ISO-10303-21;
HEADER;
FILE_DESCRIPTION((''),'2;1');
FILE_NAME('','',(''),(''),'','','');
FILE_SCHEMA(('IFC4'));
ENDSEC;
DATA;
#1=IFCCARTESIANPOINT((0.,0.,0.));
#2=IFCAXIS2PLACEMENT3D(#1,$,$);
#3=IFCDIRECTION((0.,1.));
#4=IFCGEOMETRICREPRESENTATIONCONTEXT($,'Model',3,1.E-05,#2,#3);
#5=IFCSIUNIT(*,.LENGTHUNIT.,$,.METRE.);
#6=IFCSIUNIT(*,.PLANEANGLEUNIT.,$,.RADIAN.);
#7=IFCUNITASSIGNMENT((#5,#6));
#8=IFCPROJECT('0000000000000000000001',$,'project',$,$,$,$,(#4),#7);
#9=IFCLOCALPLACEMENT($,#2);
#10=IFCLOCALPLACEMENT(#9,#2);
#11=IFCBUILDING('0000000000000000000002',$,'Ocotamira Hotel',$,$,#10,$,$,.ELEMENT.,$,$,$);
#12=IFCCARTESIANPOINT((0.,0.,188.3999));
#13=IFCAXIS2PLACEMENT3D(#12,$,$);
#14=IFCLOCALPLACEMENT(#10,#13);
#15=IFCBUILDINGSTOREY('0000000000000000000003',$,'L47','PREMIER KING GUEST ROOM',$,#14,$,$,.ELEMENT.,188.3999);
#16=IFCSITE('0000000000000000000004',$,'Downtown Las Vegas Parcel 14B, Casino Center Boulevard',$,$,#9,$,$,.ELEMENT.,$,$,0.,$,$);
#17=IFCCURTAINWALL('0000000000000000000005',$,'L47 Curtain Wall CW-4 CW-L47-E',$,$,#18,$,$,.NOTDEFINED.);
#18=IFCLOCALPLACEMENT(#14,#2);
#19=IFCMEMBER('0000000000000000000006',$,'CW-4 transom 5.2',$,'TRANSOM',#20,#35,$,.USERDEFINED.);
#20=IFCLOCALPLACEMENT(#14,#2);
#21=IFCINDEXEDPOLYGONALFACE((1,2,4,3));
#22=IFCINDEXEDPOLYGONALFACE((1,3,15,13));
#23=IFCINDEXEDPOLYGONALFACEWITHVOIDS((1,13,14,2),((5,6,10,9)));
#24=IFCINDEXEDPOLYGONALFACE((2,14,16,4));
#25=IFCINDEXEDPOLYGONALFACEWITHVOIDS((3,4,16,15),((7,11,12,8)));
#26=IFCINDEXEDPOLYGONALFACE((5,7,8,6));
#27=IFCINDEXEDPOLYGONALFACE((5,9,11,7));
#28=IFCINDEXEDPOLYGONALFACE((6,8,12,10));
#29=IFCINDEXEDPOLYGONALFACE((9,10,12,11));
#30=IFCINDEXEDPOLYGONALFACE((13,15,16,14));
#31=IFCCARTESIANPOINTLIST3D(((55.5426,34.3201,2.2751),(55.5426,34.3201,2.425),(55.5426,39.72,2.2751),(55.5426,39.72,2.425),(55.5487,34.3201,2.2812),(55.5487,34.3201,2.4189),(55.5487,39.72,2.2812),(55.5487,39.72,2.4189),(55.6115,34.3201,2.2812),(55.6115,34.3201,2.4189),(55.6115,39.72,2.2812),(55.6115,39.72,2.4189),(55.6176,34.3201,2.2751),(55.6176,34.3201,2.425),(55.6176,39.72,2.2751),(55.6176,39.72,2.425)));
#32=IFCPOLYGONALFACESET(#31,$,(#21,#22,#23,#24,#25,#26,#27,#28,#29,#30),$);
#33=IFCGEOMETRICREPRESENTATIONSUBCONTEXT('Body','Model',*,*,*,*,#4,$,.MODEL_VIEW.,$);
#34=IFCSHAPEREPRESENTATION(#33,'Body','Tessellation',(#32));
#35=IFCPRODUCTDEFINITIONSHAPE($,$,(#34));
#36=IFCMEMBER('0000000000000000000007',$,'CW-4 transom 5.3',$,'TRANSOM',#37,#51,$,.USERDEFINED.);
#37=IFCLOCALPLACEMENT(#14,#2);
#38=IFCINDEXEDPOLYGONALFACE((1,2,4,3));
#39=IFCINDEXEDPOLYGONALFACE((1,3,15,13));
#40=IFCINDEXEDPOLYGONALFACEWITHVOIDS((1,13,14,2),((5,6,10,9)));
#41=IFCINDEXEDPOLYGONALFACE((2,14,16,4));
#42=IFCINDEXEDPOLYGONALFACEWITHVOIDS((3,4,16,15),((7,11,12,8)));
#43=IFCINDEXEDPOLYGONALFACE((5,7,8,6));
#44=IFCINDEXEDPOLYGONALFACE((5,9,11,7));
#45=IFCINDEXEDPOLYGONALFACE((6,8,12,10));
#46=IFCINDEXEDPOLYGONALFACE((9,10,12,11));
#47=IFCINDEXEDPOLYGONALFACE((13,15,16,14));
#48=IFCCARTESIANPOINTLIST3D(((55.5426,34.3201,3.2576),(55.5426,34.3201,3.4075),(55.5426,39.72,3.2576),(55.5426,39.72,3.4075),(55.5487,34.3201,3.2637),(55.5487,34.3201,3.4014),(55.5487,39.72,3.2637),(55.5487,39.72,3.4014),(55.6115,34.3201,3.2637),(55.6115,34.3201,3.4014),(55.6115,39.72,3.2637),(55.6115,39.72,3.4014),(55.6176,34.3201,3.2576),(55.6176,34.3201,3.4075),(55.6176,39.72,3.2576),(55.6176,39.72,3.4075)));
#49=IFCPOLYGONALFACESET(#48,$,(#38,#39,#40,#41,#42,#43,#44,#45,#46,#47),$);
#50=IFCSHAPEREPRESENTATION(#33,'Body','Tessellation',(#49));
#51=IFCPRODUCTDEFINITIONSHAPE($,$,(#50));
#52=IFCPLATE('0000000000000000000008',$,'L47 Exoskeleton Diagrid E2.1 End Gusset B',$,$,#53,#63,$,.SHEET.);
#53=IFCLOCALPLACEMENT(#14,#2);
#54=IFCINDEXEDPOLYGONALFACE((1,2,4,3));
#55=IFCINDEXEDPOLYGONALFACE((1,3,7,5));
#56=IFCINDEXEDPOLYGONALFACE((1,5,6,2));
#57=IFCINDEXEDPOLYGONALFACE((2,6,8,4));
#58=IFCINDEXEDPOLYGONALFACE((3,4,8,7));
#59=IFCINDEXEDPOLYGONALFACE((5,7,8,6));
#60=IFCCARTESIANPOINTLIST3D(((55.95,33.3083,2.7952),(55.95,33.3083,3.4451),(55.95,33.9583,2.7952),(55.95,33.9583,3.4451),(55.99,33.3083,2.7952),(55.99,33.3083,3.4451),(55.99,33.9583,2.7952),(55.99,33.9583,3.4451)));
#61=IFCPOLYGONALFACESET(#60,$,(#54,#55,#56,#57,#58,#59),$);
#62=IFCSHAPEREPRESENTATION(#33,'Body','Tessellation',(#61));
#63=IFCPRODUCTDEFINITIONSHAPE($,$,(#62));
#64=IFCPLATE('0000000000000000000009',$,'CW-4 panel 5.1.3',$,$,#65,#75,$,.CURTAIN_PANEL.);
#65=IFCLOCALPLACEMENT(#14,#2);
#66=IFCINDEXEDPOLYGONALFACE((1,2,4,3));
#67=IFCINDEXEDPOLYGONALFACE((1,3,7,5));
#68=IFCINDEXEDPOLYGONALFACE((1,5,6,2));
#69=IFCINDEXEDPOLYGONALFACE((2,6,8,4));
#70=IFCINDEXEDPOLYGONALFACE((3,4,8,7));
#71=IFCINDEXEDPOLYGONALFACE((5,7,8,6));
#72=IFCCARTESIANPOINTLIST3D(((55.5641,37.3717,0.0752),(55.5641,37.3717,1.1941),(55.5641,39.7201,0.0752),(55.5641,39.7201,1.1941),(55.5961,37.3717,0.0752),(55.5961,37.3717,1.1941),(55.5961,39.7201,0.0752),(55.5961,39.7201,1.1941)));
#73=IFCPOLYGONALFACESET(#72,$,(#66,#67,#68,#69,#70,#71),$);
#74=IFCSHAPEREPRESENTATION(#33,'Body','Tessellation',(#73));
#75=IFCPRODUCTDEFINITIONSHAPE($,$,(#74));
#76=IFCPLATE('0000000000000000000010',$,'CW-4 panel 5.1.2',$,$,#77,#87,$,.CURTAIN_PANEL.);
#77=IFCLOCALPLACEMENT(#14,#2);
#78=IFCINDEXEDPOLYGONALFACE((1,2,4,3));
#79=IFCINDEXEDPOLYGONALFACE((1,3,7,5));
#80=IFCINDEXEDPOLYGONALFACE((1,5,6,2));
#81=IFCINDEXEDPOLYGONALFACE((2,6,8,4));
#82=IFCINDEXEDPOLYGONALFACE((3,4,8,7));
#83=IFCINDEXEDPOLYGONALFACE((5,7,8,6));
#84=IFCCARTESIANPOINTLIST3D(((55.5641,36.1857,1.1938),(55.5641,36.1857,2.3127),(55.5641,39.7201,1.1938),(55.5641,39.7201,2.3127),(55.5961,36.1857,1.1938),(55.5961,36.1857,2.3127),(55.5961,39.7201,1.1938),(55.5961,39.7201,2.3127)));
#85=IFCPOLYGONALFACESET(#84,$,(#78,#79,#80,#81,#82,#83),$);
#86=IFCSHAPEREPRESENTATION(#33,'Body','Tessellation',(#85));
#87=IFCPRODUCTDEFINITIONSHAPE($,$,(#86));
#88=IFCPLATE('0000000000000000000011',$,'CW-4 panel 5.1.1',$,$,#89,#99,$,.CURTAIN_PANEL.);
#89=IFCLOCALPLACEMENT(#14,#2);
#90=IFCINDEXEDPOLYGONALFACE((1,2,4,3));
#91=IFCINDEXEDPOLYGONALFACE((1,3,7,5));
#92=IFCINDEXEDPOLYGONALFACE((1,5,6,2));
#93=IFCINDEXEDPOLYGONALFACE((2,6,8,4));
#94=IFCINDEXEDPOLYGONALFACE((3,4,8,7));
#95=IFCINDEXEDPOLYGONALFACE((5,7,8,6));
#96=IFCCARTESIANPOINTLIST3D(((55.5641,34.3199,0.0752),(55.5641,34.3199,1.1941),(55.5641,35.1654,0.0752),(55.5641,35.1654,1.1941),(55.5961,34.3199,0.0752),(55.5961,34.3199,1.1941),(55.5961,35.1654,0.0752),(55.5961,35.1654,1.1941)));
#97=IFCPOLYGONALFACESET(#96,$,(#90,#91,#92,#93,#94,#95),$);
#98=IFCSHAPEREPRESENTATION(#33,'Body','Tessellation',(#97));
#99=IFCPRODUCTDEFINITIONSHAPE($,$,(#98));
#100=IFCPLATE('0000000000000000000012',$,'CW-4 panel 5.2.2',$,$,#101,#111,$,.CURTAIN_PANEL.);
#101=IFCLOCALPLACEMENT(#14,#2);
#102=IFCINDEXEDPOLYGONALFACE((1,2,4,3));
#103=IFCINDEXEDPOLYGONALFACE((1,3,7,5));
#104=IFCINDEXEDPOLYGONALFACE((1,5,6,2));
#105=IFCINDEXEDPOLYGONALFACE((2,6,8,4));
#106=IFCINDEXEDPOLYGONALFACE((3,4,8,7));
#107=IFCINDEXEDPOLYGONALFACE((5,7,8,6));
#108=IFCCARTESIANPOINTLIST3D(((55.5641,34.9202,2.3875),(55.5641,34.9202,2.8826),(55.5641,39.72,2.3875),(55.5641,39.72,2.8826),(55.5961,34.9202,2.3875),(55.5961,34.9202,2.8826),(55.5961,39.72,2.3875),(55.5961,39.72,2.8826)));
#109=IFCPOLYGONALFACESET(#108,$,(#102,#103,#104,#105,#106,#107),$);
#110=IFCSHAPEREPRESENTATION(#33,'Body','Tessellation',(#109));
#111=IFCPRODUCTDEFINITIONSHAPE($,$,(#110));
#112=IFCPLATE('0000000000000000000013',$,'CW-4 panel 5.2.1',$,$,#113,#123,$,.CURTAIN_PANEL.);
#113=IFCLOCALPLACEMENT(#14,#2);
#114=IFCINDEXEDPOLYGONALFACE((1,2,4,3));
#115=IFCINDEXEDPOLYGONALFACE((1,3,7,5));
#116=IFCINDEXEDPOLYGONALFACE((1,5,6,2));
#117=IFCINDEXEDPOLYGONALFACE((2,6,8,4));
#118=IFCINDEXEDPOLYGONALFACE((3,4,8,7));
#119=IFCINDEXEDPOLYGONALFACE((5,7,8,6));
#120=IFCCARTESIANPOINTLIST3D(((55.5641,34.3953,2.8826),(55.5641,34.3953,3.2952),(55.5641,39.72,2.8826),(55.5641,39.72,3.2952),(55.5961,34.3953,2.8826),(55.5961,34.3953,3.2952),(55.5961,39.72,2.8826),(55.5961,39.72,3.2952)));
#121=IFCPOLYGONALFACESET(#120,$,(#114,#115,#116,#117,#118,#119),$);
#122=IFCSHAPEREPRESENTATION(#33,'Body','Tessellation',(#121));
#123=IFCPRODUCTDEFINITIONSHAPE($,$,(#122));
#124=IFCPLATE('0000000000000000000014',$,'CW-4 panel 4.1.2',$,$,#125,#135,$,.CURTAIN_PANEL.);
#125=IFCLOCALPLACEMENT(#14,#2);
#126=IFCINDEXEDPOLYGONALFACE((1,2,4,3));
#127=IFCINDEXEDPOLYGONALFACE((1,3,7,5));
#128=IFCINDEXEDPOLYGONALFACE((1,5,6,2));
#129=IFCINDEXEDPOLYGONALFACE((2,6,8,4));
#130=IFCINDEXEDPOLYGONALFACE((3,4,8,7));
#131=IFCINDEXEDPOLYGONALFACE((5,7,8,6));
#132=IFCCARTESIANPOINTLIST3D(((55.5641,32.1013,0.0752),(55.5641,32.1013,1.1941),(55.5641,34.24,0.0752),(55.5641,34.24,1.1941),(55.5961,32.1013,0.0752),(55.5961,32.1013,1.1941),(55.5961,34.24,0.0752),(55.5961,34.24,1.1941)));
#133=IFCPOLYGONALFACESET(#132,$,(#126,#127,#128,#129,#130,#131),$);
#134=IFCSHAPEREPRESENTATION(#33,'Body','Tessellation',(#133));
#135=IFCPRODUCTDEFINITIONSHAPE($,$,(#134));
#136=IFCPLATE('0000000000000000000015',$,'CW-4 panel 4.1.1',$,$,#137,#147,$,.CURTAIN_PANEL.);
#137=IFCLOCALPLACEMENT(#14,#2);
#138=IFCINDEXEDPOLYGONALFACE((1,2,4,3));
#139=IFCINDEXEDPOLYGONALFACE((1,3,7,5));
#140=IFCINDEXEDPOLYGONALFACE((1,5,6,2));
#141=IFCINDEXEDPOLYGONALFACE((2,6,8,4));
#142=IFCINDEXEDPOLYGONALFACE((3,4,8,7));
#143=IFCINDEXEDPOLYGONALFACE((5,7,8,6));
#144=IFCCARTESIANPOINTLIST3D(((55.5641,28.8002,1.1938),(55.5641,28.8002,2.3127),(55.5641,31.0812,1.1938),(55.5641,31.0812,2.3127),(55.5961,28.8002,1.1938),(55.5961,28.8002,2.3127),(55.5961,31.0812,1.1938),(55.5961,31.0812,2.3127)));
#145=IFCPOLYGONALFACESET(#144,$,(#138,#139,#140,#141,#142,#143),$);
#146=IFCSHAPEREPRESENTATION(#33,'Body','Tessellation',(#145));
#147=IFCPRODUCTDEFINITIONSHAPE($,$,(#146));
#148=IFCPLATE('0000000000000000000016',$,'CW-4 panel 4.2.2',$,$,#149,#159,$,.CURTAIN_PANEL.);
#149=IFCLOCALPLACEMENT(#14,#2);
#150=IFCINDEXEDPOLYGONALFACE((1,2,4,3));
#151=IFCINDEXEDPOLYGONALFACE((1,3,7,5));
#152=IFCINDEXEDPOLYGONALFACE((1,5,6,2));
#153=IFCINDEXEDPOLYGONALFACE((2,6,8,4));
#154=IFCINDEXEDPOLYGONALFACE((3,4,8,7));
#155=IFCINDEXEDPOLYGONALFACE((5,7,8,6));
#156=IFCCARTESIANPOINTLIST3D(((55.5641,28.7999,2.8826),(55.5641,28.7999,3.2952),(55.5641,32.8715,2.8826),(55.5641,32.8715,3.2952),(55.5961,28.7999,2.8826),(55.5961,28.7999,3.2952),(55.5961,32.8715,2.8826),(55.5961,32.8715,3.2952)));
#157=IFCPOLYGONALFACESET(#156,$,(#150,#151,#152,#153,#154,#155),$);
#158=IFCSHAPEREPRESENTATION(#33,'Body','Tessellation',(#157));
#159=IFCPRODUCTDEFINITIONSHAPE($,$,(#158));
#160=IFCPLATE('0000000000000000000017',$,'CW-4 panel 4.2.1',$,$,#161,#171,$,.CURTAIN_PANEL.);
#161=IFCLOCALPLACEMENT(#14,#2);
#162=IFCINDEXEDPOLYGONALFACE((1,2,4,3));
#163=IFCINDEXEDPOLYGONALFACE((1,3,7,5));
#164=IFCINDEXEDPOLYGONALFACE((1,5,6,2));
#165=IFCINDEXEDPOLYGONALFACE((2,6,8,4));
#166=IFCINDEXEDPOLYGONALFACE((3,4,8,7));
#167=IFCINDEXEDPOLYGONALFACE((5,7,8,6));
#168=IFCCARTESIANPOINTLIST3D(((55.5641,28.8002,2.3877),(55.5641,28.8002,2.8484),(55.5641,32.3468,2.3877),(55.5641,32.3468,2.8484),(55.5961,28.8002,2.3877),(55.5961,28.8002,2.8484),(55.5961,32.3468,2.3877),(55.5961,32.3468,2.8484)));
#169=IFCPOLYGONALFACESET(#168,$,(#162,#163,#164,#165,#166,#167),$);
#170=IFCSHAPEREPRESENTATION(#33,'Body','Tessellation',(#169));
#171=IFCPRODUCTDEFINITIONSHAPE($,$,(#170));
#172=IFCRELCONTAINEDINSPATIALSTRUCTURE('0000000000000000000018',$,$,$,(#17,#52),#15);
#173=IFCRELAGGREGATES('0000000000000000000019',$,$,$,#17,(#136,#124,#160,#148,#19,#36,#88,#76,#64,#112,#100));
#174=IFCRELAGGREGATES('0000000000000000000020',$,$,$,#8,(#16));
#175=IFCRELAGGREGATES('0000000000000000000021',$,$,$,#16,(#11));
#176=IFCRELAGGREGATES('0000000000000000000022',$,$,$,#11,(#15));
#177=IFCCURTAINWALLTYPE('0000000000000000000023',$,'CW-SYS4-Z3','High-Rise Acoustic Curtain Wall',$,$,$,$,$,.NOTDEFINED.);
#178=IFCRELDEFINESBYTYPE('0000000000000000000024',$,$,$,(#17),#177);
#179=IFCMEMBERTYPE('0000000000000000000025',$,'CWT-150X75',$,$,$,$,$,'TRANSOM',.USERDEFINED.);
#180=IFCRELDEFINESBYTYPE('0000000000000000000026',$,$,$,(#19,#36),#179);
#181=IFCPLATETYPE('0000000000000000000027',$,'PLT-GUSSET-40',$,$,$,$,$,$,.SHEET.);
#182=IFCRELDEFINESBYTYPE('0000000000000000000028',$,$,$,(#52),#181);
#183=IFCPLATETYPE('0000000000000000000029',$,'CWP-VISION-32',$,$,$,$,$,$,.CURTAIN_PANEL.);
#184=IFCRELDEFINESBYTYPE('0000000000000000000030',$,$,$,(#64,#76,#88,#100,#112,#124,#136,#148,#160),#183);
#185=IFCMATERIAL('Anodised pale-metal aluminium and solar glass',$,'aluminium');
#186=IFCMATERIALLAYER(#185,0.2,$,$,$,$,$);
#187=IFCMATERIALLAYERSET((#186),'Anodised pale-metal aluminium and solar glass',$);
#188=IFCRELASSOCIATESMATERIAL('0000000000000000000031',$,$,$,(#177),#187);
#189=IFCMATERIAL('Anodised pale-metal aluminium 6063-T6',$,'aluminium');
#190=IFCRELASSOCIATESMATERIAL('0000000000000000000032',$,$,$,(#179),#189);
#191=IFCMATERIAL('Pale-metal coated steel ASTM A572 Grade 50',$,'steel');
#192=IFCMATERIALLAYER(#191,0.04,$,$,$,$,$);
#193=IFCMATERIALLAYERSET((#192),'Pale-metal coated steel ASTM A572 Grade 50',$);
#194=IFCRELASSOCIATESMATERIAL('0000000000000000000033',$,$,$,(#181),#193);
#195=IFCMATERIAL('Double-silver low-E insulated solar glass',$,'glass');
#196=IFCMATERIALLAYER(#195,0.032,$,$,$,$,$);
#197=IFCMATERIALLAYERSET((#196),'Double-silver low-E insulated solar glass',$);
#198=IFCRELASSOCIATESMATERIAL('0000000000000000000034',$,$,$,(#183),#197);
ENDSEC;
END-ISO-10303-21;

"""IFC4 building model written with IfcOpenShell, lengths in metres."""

from ifc_helpers import new_model, si_unit, direction, frame, origin, origin_2d, place, context, subcontext, project, spatial, rectangle, hollow_rectangle, extrude, source, transform, mapped, material, layer, layer_set, material_profile, profile_set, type_object, element, aggregate, save


model = new_model("IFC4")

# Units and contexts
model_context = context("Model", 3, precision=1e-05, world=origin(), true_north=direction((0.0, 1.0)))
body_context = subcontext(model_context, "Body", "Model", "MODEL_VIEW")
ifc_project = project(units=[si_unit("LENGTHUNIT", "METRE"), si_unit("PLANEANGLEUNIT", "RADIAN")], contexts=[model_context])

# Site, building, storey
site_placement = place(None, origin())
site = spatial("IfcSite", under=ifc_project, at=site_placement, Name="Downtown Las Vegas Parcel 14B, Casino Center Boulevard", CompositionType="ELEMENT", RefElevation=0.0)
building_placement = place(site_placement, origin())
building = spatial("IfcBuilding", under=site, at=building_placement, Name="Ocotamira Hotel", CompositionType="ELEMENT")
storey_placement = place(building_placement, frame((0.0, 0.0, 188.3999)))
storey = spatial("IfcBuildingStorey", under=building, at=storey_placement, Name="L47", Description="PREMIER KING GUEST ROOM", CompositionType="ELEMENT", Elevation=188.3999)

# Curtain wall, members
ifc_material_1 = material(Name="Anodised pale-metal aluminium and solar glass", Category="aluminium")
ifc_layer_1 = layer(ifc_material_1, 0.2)
ifc_layer_set_1 = layer_set([ifc_layer_1], Name="Anodised pale-metal aluminium and solar glass")
curtain_wall_type = type_object("IfcCurtainWallType", Name="CW-SYS4-Z3", Description="High-Rise Acoustic Curtain Wall", PredefinedType="NOTDEFINED", material=ifc_layer_set_1)
curtain_wall_placement = place(storey_placement, origin())
curtain_wall = element("IfcCurtainWall", 1, at=curtain_wall_placement, inside=storey, type_object=curtain_wall_type, Name="L47 Curtain Wall CW-4 CW-L47-E", PredefinedType="NOTDEFINED")
ifc_material_2 = material(Name="Anodised pale-metal aluminium 6063-T6", Category="aluminium")
ifc_material_profile_1 = material_profile(ifc_material_2, hollow_rectangle(XDim=0.075, YDim=0.1499, WallThickness=0.0061, at=origin_2d()), Name="HSS150X75X6")
ifc_profile_set_1 = profile_set([ifc_material_profile_1], Name="Anodised pale-metal aluminium 6063-T6")
member_type_1 = type_object("IfcMemberType", Name="CWT-150X75", ElementType="TRANSOM", PredefinedType="USERDEFINED", material=ifc_profile_set_1)
shared_shape_1 = source(origin(), body_context, "Body", "SweptSolid", [
    extrude(hollow_rectangle(XDim=0.075, YDim=0.1499, WallThickness=0.0061, at=origin_2d()), origin(), (0.0, 0.0, 1.0), 5.3999),
])
member_1_placement = place(storey_placement, frame((55.5801, 34.3201, 2.3501), z_axis=(0.0, 1.0, 0.0), x_axis=(-1.0, 0.0, 0.0)))
member_1 = element("IfcMember", 2, at=member_1_placement, type_object=member_type_1, Name="CW-4 transom 5.2", ObjectType="TRANSOM", PredefinedType="USERDEFINED", context=body_context, shape_type="MappedRepresentation", body=[
    mapped(shared_shape_1, transform((0.0, 0.0, 0.0), scale=1.0)),
])
member_2_placement = place(storey_placement, frame((55.5801, 34.3201, 3.3325), z_axis=(0.0, 1.0, 0.0), x_axis=(-1.0, 0.0, 0.0)))
member_2 = element("IfcMember", 3, at=member_2_placement, type_object=member_type_1, Name="CW-4 transom 5.3", ObjectType="TRANSOM", PredefinedType="USERDEFINED", context=body_context, shape_type="MappedRepresentation", body=[
    mapped(shared_shape_1, transform((0.0, 0.0, 0.0), scale=1.0)),
])

# Plates
ifc_material_3 = material(Name="Pale-metal coated steel ASTM A572 Grade 50", Category="steel")
ifc_layer_2 = layer(ifc_material_3, 0.04)
ifc_layer_set_2 = layer_set([ifc_layer_2], Name="Pale-metal coated steel ASTM A572 Grade 50")
plate_type_1 = type_object("IfcPlateType", Name="PLT-GUSSET-40", PredefinedType="SHEET", material=ifc_layer_set_2)
shared_shape_2 = source(origin(), body_context, "Body", "SweptSolid", [
    extrude(rectangle(XDim=0.04, YDim=0.6499, at=origin_2d()), origin(), (0.0, 0.0, 1.0), 0.6499),
])
plate_1_placement = place(storey_placement, frame((55.97, 33.6333, 2.7952), z_axis=(0.0, 0.0, 1.0), x_axis=(1.0, 0.0, 0.0)))
element("IfcPlate", 4, at=plate_1_placement, inside=storey, type_object=plate_type_1, Name="L47 Exoskeleton Diagrid E2.1 End Gusset B", PredefinedType="SHEET", context=body_context, shape_type="MappedRepresentation", body=[
    mapped(shared_shape_2, transform((0.0, 0.0, 0.0), scale=1.0)),
])
ifc_material_4 = material(Name="Double-silver low-E insulated solar glass", Category="glass")
ifc_layer_3 = layer(ifc_material_4, 0.032)
ifc_layer_set_3 = layer_set([ifc_layer_3], Name="Double-silver low-E insulated solar glass")
plate_type_2 = type_object("IfcPlateType", Name="CWP-VISION-32", PredefinedType="CURTAIN_PANEL", material=ifc_layer_set_3)
shared_shape_3 = source(origin(), body_context, "Body", "SweptSolid", [
    extrude(rectangle(XDim=2.3484, YDim=0.032, at=origin_2d()), origin(), (0.0, 0.0, 1.0), 1.1189),
])
plate_2_placement = place(storey_placement, frame((55.5801, 38.5459, 0.0752), z_axis=(0.0, 0.0, 1.0), x_axis=(0.0, 1.0, 0.0)))
plate_2 = element("IfcPlate", 5, at=plate_2_placement, type_object=plate_type_2, Name="CW-4 panel 5.1.3", PredefinedType="CURTAIN_PANEL", context=body_context, shape_type="MappedRepresentation", body=[
    mapped(shared_shape_3, transform((0.0, 0.0, 0.0), scale=1.0)),
])
shared_shape_4 = source(origin(), body_context, "Body", "SweptSolid", [
    extrude(rectangle(XDim=3.5344, YDim=0.032, at=origin_2d()), origin(), (0.0, 0.0, 1.0), 1.1189),
])
plate_3_placement = place(storey_placement, frame((55.5801, 37.9529, 1.1938), z_axis=(0.0, 0.0, 1.0), x_axis=(0.0, 1.0, 0.0)))
plate_3 = element("IfcPlate", 6, at=plate_3_placement, type_object=plate_type_2, Name="CW-4 panel 5.1.2", PredefinedType="CURTAIN_PANEL", context=body_context, shape_type="MappedRepresentation", body=[
    mapped(shared_shape_4, transform((0.0, 0.0, 0.0), scale=1.0)),
])
shared_shape_5 = source(origin(), body_context, "Body", "SweptSolid", [
    extrude(rectangle(XDim=0.8455, YDim=0.032, at=origin_2d()), origin(), (0.0, 0.0, 1.0), 1.1189),
])
plate_4_placement = place(storey_placement, frame((55.5801, 34.7427, 0.0752), z_axis=(0.0, 0.0, 1.0), x_axis=(0.0, 1.0, 0.0)))
plate_4 = element("IfcPlate", 7, at=plate_4_placement, type_object=plate_type_2, Name="CW-4 panel 5.1.1", PredefinedType="CURTAIN_PANEL", context=body_context, shape_type="MappedRepresentation", body=[
    mapped(shared_shape_5, transform((0.0, 0.0, 0.0), scale=1.0)),
])
shared_shape_6 = source(origin(), body_context, "Body", "SweptSolid", [
    extrude(rectangle(XDim=4.7998, YDim=0.032, at=origin_2d()), origin(), (0.0, 0.0, 1.0), 0.4951),
])
plate_5_placement = place(storey_placement, frame((55.5801, 37.3201, 2.3875), z_axis=(0.0, 0.0, 1.0), x_axis=(0.0, 1.0, 0.0)))
plate_5 = element("IfcPlate", 8, at=plate_5_placement, type_object=plate_type_2, Name="CW-4 panel 5.2.2", PredefinedType="CURTAIN_PANEL", context=body_context, shape_type="MappedRepresentation", body=[
    mapped(shared_shape_6, transform((0.0, 0.0, 0.0), scale=1.0)),
])
shared_shape_7 = source(origin(), body_context, "Body", "SweptSolid", [
    extrude(rectangle(XDim=5.3247, YDim=0.032, at=origin_2d()), origin(), (0.0, 0.0, 1.0), 0.4126),
])
plate_6_placement = place(storey_placement, frame((55.5801, 37.0576, 2.8826), z_axis=(0.0, 0.0, 1.0), x_axis=(0.0, 1.0, 0.0)))
plate_6 = element("IfcPlate", 9, at=plate_6_placement, type_object=plate_type_2, Name="CW-4 panel 5.2.1", PredefinedType="CURTAIN_PANEL", context=body_context, shape_type="MappedRepresentation", body=[
    mapped(shared_shape_7, transform((0.0, 0.0, 0.0), scale=1.0)),
])
shared_shape_8 = source(origin(), body_context, "Body", "SweptSolid", [
    extrude(rectangle(XDim=2.1387, YDim=0.032, at=origin_2d()), origin(), (0.0, 0.0, 1.0), 1.1189),
])
plate_7_placement = place(storey_placement, frame((55.5801, 33.1707, 0.0752), z_axis=(0.0, 0.0, 1.0), x_axis=(0.0, 1.0, 0.0)))
plate_7 = element("IfcPlate", 10, at=plate_7_placement, type_object=plate_type_2, Name="CW-4 panel 4.1.2", PredefinedType="CURTAIN_PANEL", context=body_context, shape_type="MappedRepresentation", body=[
    mapped(shared_shape_8, transform((0.0, 0.0, 0.0), scale=1.0)),
])
shared_shape_9 = source(origin(), body_context, "Body", "SweptSolid", [
    extrude(rectangle(XDim=2.281, YDim=0.032, at=origin_2d()), origin(), (0.0, 0.0, 1.0), 1.1189),
])
plate_8_placement = place(storey_placement, frame((55.5801, 29.9407, 1.1938), z_axis=(0.0, 0.0, 1.0), x_axis=(0.0, 1.0, 0.0)))
plate_8 = element("IfcPlate", 11, at=plate_8_placement, type_object=plate_type_2, Name="CW-4 panel 4.1.1", PredefinedType="CURTAIN_PANEL", context=body_context, shape_type="MappedRepresentation", body=[
    mapped(shared_shape_9, transform((0.0, 0.0, 0.0), scale=1.0)),
])
shared_shape_10 = source(origin(), body_context, "Body", "SweptSolid", [
    extrude(rectangle(XDim=4.0715, YDim=0.032, at=origin_2d()), origin(), (0.0, 0.0, 1.0), 0.4126),
])
plate_9_placement = place(storey_placement, frame((55.5801, 30.8357, 2.8826), z_axis=(0.0, 0.0, 1.0), x_axis=(0.0, 1.0, 0.0)))
plate_9 = element("IfcPlate", 12, at=plate_9_placement, type_object=plate_type_2, Name="CW-4 panel 4.2.2", PredefinedType="CURTAIN_PANEL", context=body_context, shape_type="MappedRepresentation", body=[
    mapped(shared_shape_10, transform((0.0, 0.0, 0.0), scale=1.0)),
])
shared_shape_11 = source(origin(), body_context, "Body", "SweptSolid", [
    extrude(rectangle(XDim=3.5466, YDim=0.032, at=origin_2d()), origin(), (0.0, 0.0, 1.0), 0.4607),
])
plate_10_placement = place(storey_placement, frame((55.5801, 30.5735, 2.3877), z_axis=(0.0, 0.0, 1.0), x_axis=(0.0, 1.0, 0.0)))
plate_10 = element("IfcPlate", 13, at=plate_10_placement, type_object=plate_type_2, Name="CW-4 panel 4.2.1", PredefinedType="CURTAIN_PANEL", context=body_context, shape_type="MappedRepresentation", body=[
    mapped(shared_shape_11, transform((0.0, 0.0, 0.0), scale=1.0)),
])
aggregate(curtain_wall, [plate_8, plate_7, plate_10, plate_9, member_1, member_2, plate_4, plate_3, plate_2, plate_6, plate_5])

save(model, "model.ifc")
